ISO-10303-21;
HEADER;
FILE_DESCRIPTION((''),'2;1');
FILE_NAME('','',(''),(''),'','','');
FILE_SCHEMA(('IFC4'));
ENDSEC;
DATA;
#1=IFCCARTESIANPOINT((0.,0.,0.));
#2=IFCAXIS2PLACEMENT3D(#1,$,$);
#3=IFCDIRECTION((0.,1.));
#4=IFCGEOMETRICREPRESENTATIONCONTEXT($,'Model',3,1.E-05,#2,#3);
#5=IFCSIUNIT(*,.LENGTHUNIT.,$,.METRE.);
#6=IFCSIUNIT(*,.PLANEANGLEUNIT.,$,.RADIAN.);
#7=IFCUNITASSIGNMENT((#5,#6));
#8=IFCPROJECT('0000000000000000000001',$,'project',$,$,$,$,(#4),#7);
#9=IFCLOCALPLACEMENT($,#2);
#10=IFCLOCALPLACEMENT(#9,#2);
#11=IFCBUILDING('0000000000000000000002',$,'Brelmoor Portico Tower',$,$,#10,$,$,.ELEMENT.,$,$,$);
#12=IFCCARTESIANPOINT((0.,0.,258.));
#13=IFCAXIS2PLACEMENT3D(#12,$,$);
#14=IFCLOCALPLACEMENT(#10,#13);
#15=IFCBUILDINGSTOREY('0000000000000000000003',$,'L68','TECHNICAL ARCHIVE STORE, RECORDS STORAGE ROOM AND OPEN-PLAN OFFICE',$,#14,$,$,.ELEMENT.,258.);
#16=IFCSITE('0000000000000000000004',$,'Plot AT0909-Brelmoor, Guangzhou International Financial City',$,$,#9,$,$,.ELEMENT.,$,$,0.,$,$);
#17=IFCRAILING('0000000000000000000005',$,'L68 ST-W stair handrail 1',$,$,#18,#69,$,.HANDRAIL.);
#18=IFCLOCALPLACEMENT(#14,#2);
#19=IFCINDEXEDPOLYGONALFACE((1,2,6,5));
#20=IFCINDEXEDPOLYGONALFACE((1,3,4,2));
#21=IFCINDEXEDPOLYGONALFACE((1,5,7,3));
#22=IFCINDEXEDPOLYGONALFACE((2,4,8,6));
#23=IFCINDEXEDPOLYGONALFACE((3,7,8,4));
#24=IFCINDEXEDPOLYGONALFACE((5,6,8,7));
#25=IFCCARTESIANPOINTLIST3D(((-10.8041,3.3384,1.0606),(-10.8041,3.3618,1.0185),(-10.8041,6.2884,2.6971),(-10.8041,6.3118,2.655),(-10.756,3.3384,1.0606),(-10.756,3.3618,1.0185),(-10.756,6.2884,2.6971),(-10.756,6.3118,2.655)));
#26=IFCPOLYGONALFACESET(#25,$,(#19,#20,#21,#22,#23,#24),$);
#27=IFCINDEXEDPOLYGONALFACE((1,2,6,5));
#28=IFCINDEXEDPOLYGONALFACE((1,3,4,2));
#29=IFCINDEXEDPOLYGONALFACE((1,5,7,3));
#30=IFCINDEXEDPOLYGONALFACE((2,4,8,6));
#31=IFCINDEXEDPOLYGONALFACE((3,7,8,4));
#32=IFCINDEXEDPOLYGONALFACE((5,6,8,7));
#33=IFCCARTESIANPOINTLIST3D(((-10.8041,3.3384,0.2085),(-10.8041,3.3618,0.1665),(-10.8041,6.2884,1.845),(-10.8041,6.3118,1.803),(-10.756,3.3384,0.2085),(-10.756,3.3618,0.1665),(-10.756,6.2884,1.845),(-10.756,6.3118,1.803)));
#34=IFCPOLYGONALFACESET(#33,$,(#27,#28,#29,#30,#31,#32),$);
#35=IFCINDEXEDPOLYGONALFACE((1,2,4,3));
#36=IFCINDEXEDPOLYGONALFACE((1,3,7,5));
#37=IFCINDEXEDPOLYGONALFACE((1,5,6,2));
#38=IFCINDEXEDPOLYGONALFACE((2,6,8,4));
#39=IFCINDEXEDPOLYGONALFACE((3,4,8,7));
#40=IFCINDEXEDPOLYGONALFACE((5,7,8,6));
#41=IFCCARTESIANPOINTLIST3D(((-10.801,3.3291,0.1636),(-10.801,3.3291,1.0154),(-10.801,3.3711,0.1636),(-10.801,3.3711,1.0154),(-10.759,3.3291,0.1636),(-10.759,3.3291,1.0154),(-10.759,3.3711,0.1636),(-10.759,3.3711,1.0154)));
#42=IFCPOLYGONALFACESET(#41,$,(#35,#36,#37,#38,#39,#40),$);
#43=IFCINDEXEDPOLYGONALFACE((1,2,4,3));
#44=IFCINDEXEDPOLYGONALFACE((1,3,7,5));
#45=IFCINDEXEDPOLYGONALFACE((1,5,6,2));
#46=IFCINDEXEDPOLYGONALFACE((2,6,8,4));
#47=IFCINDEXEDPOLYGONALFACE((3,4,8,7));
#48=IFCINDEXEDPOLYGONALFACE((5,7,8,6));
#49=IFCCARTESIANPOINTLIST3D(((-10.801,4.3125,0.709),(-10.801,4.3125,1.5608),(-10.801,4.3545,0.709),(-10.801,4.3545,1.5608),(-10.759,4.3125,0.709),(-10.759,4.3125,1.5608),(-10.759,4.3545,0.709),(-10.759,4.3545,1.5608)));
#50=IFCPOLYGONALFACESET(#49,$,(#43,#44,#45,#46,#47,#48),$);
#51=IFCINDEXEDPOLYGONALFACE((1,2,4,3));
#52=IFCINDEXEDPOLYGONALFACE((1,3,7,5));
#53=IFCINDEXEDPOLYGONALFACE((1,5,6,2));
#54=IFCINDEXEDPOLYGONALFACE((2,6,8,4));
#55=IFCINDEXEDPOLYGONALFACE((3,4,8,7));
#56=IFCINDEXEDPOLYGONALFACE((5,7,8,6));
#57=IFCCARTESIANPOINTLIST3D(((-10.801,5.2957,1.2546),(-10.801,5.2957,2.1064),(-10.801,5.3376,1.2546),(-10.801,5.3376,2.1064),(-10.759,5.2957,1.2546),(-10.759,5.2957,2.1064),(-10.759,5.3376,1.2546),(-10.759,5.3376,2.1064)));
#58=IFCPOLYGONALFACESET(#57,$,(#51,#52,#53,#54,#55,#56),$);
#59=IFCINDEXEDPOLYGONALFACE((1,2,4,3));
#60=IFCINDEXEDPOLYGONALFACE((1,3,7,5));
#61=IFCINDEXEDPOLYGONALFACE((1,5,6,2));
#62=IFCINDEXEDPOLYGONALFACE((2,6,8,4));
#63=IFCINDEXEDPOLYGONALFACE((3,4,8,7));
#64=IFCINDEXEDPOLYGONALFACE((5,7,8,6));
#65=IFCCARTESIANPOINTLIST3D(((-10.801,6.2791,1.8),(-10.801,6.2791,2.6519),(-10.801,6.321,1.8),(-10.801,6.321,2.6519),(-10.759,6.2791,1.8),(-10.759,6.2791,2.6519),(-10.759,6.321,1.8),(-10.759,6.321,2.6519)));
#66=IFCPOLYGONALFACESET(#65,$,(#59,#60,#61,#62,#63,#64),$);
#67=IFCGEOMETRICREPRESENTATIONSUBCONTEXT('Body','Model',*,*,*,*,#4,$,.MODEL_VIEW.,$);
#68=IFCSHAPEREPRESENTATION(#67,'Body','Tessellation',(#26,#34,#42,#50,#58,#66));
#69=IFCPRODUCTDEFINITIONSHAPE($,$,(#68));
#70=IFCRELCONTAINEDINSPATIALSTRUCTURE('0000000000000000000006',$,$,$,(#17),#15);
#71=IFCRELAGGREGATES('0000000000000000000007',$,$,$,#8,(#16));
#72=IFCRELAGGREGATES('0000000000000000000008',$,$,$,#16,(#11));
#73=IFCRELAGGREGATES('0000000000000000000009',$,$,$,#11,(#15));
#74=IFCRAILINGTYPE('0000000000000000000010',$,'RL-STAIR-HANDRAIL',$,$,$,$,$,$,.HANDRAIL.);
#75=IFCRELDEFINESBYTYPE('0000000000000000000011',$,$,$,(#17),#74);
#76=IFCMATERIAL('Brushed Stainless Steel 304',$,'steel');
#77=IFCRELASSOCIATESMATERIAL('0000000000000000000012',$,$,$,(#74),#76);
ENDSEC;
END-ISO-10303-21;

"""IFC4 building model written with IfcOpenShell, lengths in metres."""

from ifc_helpers import new_model, si_unit, direction, frame, origin, origin_2d, place, context, subcontext, project, spatial, rectangle, extrude, material, type_object, element, save


model = new_model("IFC4")

# Units and contexts
model_context = context("Model", 3, precision=1e-05, world=origin(), true_north=direction((0.0, 1.0)))
body_context = subcontext(model_context, "Body", "Model", "MODEL_VIEW")
ifc_project = project(units=[si_unit("LENGTHUNIT", "METRE"), si_unit("PLANEANGLEUNIT", "RADIAN")], contexts=[model_context])

# Site, building, storey
site_placement = place(None, origin())
site = spatial("IfcSite", under=ifc_project, at=site_placement, Name="Plot AT0909-Brelmoor, Guangzhou International Financial City", CompositionType="ELEMENT", RefElevation=0.0)
building_placement = place(site_placement, origin())
building = spatial("IfcBuilding", under=site, at=building_placement, Name="Brelmoor Portico Tower", CompositionType="ELEMENT")
storey_placement = place(building_placement, frame((0.0, 0.0, 258.0)))
storey = spatial("IfcBuildingStorey", under=building, at=storey_placement, Name="L68", Description="TECHNICAL ARCHIVE STORE, RECORDS STORAGE ROOM AND OPEN-PLAN OFFICE", CompositionType="ELEMENT", Elevation=258.0)

# Railing
ifc_material_1 = material(Name="Brushed Stainless Steel 304", Category="steel")
railing_type_1 = type_object("IfcRailingType", Name="RL-STAIR-HANDRAIL", PredefinedType="HANDRAIL", material=ifc_material_1)
railing_1_placement = place(storey_placement, frame((-10.78, 3.3501, 0.1636)))
element("IfcRailing", 1, at=railing_1_placement, inside=storey, type_object=railing_type_1, Name="L68 ST-W stair handrail 1", PredefinedType="HANDRAIL", context=body_context, shape_type="SweptSolid", body=[
    extrude(rectangle(XDim=0.0481, YDim=0.0481, at=origin_2d()), frame((0.0, 0.0, 0.876), z_axis=(0.0, 0.874458, 0.485102), x_axis=(-1.0, 0.0, 0.0)), (0.0, 0.0, 1.0), 3.3735),
    extrude(rectangle(XDim=0.0481, YDim=0.0481, at=origin_2d()), frame((0.0, 0.0, 0.0239), z_axis=(0.0, 0.874458, 0.485102), x_axis=(-1.0, 0.0, 0.0)), (0.0, 0.0, 1.0), 3.3735),
    extrude(rectangle(XDim=0.042, YDim=0.042, at=origin_2d()), origin(), (0.0, 0.0, 1.0), 0.8518),
    extrude(rectangle(XDim=0.042, YDim=0.042, at=origin_2d()), frame((0.0, 0.9834, 0.5454)), (0.0, 0.0, 1.0), 0.8518),
    extrude(rectangle(XDim=0.042, YDim=0.042, at=origin_2d()), frame((0.0, 1.9666, 1.0911)), (0.0, 0.0, 1.0), 0.8518),
    extrude(rectangle(XDim=0.042, YDim=0.042, at=origin_2d()), frame((0.0, 2.95, 1.6365)), (0.0, 0.0, 1.0), 0.8518),
])

save(model, "model.ifc")
